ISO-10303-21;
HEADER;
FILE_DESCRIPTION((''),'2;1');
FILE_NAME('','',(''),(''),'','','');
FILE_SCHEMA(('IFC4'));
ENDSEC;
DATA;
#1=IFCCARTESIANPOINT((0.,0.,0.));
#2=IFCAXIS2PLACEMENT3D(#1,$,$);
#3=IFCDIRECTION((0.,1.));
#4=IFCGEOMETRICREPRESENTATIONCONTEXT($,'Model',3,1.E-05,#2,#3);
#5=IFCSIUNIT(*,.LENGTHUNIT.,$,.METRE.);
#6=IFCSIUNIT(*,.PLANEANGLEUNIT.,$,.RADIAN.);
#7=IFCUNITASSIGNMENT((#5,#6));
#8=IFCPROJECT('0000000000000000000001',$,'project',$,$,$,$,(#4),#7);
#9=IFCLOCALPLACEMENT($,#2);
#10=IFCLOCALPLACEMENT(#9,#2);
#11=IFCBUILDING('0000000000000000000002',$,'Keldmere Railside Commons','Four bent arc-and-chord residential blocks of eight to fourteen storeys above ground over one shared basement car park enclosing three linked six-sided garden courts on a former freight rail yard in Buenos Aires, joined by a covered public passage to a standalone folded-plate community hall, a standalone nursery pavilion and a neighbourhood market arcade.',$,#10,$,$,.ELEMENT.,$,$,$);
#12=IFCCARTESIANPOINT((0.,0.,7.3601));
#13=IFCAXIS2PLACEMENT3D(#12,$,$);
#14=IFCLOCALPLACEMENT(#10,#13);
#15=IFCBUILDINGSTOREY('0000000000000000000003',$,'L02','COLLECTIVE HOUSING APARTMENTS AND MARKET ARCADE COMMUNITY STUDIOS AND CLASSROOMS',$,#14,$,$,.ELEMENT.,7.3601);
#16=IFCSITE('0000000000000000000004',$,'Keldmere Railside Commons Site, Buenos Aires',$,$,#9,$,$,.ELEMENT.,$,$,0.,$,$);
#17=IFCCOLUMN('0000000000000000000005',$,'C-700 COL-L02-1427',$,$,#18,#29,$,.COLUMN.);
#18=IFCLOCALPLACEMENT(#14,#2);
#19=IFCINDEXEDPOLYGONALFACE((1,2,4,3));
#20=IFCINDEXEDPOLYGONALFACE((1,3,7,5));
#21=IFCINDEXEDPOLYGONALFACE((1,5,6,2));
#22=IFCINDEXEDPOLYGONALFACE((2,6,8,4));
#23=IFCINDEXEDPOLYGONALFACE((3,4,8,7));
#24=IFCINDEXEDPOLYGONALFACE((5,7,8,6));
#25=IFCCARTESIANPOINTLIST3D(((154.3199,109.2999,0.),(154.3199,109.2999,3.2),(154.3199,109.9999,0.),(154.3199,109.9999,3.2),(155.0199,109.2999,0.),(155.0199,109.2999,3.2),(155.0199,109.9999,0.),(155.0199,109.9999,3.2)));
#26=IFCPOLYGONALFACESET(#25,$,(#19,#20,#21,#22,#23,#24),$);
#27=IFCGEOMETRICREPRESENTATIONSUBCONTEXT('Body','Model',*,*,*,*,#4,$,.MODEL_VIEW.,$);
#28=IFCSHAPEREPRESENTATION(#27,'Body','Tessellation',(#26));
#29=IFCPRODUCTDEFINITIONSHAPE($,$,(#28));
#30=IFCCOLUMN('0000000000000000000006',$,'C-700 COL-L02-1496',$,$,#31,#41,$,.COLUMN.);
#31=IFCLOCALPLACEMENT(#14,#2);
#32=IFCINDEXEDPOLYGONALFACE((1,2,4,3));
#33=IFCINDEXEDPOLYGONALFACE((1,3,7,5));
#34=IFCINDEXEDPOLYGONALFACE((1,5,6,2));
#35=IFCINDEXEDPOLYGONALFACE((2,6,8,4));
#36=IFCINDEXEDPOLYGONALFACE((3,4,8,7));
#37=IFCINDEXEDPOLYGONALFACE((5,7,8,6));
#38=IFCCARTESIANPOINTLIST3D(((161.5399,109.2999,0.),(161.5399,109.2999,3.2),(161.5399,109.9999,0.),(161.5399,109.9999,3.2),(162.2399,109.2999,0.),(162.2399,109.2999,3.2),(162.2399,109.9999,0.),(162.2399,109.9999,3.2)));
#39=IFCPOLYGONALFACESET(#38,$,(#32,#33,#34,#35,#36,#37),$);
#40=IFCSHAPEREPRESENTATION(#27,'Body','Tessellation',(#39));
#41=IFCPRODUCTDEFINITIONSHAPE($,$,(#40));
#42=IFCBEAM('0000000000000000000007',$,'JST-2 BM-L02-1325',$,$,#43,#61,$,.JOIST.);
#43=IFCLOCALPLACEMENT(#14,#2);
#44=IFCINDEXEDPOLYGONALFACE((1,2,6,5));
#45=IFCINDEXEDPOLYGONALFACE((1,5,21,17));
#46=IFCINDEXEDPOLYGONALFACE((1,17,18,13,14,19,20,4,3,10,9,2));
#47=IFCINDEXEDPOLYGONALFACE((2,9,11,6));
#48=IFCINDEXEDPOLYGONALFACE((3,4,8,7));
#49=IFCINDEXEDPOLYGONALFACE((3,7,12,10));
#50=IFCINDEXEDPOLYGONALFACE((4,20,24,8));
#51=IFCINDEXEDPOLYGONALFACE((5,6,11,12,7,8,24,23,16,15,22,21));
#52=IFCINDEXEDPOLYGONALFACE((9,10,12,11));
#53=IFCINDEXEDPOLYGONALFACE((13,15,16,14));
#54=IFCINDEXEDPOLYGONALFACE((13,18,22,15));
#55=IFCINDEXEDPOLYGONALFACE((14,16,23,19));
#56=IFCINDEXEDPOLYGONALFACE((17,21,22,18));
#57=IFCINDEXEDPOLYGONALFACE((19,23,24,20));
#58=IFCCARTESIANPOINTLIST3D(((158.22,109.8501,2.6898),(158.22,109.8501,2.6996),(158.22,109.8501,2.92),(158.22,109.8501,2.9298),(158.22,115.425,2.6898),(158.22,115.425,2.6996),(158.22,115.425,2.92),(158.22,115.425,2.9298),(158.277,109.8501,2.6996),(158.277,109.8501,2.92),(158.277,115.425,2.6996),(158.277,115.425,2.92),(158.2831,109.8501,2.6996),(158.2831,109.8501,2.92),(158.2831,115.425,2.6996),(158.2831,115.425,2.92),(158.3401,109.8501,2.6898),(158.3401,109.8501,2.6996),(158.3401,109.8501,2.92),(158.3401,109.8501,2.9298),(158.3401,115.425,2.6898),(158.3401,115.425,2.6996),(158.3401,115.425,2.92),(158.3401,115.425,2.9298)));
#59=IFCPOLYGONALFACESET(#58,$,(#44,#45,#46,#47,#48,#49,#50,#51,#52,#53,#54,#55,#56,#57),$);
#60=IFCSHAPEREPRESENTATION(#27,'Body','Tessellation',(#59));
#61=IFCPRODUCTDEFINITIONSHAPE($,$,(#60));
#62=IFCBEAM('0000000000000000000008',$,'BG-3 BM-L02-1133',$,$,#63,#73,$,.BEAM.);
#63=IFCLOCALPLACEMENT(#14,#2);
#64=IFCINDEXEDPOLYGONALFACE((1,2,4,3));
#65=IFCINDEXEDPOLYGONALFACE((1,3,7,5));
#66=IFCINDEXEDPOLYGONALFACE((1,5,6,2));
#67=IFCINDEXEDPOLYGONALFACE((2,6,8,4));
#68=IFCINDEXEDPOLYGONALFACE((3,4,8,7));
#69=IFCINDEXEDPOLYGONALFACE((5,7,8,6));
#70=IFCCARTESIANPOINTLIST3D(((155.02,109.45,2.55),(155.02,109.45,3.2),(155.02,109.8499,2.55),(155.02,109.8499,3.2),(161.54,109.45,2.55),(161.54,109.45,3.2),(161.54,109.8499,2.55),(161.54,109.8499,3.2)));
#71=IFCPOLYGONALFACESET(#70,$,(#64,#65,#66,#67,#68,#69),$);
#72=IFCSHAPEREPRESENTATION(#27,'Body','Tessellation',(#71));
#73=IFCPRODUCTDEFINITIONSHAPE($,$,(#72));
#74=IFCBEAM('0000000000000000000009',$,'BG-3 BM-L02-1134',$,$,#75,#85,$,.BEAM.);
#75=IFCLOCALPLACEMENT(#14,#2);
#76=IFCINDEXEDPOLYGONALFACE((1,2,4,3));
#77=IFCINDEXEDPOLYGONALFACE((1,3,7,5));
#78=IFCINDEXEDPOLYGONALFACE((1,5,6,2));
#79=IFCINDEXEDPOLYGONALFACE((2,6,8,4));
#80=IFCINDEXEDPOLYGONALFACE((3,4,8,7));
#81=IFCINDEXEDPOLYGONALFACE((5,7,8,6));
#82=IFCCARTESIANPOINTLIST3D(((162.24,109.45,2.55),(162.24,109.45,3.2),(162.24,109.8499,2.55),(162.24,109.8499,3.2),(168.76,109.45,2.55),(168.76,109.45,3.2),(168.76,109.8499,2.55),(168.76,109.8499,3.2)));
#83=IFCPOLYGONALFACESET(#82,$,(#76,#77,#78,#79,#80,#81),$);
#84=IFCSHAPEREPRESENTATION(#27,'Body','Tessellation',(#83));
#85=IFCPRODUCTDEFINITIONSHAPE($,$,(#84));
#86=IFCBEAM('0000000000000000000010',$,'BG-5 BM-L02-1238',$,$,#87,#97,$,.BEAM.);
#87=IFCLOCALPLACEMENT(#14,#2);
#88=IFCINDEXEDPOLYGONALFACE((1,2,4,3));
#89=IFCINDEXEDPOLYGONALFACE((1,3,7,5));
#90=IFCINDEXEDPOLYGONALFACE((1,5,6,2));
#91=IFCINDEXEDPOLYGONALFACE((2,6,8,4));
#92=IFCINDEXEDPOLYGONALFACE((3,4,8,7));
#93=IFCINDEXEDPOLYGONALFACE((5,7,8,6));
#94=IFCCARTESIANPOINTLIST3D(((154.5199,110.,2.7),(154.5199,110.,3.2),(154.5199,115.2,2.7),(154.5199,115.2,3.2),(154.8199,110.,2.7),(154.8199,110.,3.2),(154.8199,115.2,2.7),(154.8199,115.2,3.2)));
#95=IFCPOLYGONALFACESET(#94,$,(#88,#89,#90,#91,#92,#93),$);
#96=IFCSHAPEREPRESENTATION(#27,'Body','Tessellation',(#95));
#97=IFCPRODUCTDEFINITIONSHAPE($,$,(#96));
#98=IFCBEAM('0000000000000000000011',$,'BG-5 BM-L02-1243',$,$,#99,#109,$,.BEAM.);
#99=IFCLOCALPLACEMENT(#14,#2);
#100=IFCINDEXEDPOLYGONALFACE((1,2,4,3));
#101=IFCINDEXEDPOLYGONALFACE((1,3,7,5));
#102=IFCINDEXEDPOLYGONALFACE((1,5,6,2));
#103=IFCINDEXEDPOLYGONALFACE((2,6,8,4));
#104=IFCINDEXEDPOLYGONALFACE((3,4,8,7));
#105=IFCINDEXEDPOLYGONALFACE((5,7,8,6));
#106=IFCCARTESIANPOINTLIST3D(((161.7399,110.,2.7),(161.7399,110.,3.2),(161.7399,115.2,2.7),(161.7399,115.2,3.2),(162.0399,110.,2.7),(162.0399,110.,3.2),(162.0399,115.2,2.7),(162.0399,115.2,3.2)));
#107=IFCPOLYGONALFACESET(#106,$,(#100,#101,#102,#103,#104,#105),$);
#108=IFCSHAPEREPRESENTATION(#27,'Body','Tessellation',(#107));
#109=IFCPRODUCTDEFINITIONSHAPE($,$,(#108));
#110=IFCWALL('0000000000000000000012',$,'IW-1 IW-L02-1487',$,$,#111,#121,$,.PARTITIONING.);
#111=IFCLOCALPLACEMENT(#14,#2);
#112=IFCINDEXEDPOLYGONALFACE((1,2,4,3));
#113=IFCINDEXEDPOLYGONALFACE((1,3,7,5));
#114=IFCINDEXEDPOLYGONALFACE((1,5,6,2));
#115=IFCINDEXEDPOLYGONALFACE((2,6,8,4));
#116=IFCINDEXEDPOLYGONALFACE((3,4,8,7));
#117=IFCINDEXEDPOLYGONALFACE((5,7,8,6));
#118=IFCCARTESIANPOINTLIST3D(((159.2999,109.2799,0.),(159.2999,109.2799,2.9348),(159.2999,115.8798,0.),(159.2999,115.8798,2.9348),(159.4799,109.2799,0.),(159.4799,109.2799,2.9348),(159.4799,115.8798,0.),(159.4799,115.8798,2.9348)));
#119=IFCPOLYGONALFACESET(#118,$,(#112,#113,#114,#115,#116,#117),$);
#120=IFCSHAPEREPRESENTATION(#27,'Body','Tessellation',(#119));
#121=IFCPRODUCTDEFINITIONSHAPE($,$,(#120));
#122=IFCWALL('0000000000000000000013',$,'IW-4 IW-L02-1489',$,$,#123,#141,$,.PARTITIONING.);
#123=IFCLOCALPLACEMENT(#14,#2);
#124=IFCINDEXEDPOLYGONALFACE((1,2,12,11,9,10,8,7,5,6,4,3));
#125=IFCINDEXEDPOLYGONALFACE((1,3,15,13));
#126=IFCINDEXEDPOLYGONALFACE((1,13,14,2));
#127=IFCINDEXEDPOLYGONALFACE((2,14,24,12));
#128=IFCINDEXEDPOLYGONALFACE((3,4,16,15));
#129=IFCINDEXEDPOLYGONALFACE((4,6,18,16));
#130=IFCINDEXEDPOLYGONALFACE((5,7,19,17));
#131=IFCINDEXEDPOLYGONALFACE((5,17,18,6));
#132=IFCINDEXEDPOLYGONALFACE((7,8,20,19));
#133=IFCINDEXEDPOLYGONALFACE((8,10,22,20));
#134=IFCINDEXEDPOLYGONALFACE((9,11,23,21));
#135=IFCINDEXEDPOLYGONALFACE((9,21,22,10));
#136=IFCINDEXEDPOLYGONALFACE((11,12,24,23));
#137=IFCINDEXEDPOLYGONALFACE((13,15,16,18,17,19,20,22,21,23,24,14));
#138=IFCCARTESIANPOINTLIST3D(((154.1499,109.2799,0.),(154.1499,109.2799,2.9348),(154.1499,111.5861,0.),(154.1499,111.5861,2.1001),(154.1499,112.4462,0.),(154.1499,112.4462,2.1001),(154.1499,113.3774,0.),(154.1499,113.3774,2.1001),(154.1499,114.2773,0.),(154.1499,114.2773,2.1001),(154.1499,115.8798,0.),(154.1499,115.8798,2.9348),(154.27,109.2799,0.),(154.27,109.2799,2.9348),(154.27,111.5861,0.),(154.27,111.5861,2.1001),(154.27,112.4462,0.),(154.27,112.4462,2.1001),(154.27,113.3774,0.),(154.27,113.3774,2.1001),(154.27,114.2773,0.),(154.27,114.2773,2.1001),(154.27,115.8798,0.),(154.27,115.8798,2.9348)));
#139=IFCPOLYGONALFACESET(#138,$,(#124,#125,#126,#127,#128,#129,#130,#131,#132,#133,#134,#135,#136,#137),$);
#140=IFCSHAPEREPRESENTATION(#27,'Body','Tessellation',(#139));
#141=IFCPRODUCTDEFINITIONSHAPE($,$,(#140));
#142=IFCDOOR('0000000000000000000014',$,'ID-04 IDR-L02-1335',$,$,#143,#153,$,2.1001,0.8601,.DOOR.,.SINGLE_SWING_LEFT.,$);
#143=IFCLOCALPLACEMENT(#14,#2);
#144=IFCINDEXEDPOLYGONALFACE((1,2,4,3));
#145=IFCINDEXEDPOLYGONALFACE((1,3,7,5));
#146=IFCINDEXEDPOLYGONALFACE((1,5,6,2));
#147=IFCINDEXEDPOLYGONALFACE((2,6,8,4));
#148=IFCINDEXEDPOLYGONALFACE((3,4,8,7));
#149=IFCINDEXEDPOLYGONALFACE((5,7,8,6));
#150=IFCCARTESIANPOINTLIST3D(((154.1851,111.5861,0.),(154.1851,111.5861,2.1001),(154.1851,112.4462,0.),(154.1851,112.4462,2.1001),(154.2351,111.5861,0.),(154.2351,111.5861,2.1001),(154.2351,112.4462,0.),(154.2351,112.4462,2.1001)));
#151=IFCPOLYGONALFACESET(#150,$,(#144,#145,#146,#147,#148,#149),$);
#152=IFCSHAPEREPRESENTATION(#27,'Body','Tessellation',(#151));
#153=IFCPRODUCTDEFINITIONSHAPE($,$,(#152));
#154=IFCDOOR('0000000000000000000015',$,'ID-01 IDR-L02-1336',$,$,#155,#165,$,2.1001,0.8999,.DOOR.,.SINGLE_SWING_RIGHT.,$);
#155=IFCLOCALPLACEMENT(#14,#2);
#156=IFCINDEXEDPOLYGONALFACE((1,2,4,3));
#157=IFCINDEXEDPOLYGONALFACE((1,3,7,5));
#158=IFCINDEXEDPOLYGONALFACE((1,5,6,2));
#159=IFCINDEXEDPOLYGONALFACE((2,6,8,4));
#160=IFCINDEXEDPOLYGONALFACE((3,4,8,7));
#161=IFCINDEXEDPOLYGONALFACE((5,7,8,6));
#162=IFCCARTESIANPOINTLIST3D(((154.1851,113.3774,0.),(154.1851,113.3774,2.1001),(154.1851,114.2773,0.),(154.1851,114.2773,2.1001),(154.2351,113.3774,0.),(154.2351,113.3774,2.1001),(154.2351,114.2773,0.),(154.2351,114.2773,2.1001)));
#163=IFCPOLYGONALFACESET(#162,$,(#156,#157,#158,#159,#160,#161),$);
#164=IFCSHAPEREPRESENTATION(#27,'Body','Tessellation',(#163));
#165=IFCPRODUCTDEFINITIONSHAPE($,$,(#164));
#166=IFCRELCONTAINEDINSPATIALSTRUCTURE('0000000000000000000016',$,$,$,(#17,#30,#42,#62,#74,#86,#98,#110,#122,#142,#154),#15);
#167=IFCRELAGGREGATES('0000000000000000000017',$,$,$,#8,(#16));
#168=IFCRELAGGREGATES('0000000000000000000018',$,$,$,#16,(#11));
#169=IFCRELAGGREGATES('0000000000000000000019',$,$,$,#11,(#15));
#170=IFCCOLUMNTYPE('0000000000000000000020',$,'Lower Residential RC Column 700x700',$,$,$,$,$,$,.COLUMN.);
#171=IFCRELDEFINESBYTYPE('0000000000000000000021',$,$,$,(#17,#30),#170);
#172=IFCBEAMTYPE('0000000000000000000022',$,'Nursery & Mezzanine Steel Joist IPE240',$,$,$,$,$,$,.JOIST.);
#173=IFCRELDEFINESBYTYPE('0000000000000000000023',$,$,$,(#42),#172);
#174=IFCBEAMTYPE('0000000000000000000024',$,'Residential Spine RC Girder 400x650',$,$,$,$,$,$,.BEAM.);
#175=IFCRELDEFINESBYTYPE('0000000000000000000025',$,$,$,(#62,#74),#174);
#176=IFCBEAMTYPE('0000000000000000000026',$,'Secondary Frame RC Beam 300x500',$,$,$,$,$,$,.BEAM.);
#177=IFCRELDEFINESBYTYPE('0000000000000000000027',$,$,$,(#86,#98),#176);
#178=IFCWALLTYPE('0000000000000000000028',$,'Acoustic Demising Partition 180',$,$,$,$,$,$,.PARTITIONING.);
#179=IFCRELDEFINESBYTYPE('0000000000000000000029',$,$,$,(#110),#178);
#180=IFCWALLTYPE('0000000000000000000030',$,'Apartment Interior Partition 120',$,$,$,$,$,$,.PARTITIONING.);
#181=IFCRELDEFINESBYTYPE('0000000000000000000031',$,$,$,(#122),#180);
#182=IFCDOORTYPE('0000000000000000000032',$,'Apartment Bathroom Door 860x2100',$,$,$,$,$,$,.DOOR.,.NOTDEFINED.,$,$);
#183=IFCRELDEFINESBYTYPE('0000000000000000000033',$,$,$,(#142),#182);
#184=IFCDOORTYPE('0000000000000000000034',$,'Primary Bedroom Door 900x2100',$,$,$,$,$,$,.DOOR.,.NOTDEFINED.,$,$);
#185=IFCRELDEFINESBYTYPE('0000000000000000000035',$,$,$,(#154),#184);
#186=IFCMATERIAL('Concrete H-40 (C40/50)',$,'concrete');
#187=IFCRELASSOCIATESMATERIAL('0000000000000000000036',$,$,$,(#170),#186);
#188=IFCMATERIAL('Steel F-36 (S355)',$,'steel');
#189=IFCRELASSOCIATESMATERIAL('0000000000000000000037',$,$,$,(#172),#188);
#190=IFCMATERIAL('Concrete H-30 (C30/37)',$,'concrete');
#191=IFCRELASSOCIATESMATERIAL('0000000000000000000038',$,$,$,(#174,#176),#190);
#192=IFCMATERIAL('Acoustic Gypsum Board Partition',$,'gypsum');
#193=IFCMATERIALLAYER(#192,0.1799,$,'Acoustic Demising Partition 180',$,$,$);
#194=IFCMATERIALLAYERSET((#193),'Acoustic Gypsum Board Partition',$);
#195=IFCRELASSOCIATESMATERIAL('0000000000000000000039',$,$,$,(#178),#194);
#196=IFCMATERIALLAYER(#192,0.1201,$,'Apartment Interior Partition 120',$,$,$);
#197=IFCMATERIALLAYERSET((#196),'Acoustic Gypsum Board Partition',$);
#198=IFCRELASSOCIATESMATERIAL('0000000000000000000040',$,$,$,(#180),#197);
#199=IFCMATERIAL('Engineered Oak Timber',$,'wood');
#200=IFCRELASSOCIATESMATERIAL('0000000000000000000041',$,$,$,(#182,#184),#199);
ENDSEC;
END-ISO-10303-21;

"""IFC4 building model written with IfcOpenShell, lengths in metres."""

from ifc_helpers import new_model, si_unit, direction, frame, frame_2d, origin, origin_2d, place, context, subcontext, project, spatial, rectangle, i_section, extrude, material, layer, layer_set, material_profile, profile_set, type_object, element, fill, save


model = new_model("IFC4")

# Units and contexts
model_context = context("Model", 3, precision=1e-05, world=origin(), true_north=direction((0.0, 1.0)))
body_context = subcontext(model_context, "Body", "Model", "MODEL_VIEW")
ifc_project = project(units=[si_unit("LENGTHUNIT", "METRE"), si_unit("PLANEANGLEUNIT", "RADIAN")], contexts=[model_context])

# Site, building, storey
site_placement = place(None, origin())
site = spatial("IfcSite", under=ifc_project, at=site_placement, Name="Keldmere Railside Commons Site, Buenos Aires", CompositionType="ELEMENT", RefElevation=0.0)
building_placement = place(site_placement, origin())
building = spatial("IfcBuilding", under=site, at=building_placement, Name="Keldmere Railside Commons", Description="Four bent arc-and-chord residential blocks of eight to fourteen storeys above ground over one shared basement car park enclosing three linked six-sided garden courts on a former freight rail yard in Buenos Aires, joined by a covered public passage to a standalone folded-plate community hall, a standalone nursery pavilion and a neighbourhood market arcade.", CompositionType="ELEMENT")
storey_placement = place(building_placement, frame((0.0, 0.0, 7.3601)))
storey = spatial("IfcBuildingStorey", under=building, at=storey_placement, Name="L02", Description="COLLECTIVE HOUSING APARTMENTS AND MARKET ARCADE COMMUNITY STUDIOS AND CLASSROOMS", CompositionType="ELEMENT", Elevation=7.3601)

# Columns
ifc_material_1 = material(Name="Concrete H-40 (C40/50)", Category="concrete")
ifc_material_profile_1 = material_profile(ifc_material_1, rectangle(XDim=0.7, YDim=0.7, at=origin_2d()), Name="RC-700x700")
ifc_profile_set_1 = profile_set([ifc_material_profile_1], Name="Concrete H-40 (C40/50)")
column_type = type_object("IfcColumnType", Name="Lower Residential RC Column 700x700", PredefinedType="COLUMN", material=ifc_profile_set_1)
for number, where, z_axis, x_axis, name in (
    (1, (154.6699, 109.6499, 0.0), (0.0, 0.0, 1.0), (1.0, 0.0, 0.0), "C-700 COL-L02-1427"),
    (2, (161.8899, 109.6499, 0.0), (0.0, 0.0, 1.0), (1.0, 0.0, 0.0), "C-700 COL-L02-1496"),
):
    element("IfcColumn", number, at=place(storey_placement, frame(where, z_axis=z_axis, x_axis=x_axis)), inside=storey, type_object=column_type, Name=name, PredefinedType="COLUMN", context=body_context, shape_type="SweptSolid", body=[
        extrude(rectangle(XDim=0.7, YDim=0.7, at=origin_2d()), origin(), (0.0, 0.0, 1.0), 3.2),
    ])

# Beams
ifc_material_2 = material(Name="Steel F-36 (S355)", Category="steel")
ifc_material_profile_2 = material_profile(ifc_material_2, i_section(OverallWidth=0.1201, OverallDepth=0.24, WebThickness=0.0061, FlangeThickness=0.0098, at=origin_2d()), Name="IPE-240")
ifc_profile_set_2 = profile_set([ifc_material_profile_2], Name="Steel F-36 (S355)")
beam_type_1 = type_object("IfcBeamType", Name="Nursery & Mezzanine Steel Joist IPE240", PredefinedType="JOIST", material=ifc_profile_set_2)
beam_placement = place(storey_placement, frame((158.28, 109.8501, 2.8098), z_axis=(0.0, 1.0, 0.0), x_axis=(-1.0, 0.0, 0.0)))
element("IfcBeam", 3, at=beam_placement, inside=storey, type_object=beam_type_1, Name="JST-2 BM-L02-1325", PredefinedType="JOIST", context=body_context, shape_type="SweptSolid", body=[
    extrude(i_section(OverallWidth=0.1201, OverallDepth=0.24, WebThickness=0.0061, FlangeThickness=0.0098, at=origin_2d()), origin(), (0.0, 0.0, 1.0), 5.575),
])
ifc_material_3 = material(Name="Concrete H-30 (C30/37)", Category="concrete")
ifc_material_profile_3 = material_profile(ifc_material_3, rectangle(XDim=0.3999, YDim=0.6499, at=origin_2d()), Name="RC-400x650")
ifc_profile_set_3 = profile_set([ifc_material_profile_3], Name="Concrete H-30 (C30/37)")
beam_type_2 = type_object("IfcBeamType", Name="Residential Spine RC Girder 400x650", PredefinedType="BEAM", material=ifc_profile_set_3)
for number, where, z_axis, x_axis, name in (
    (4, (155.02, 109.6499, 2.875), (1.0, 0.0, 0.0), (0.0, 1.0, 0.0), "BG-3 BM-L02-1133"),
    (5, (162.24, 109.6499, 2.875), (1.0, 0.0, 0.0), (0.0, 1.0, 0.0), "BG-3 BM-L02-1134"),
):
    element("IfcBeam", number, at=place(storey_placement, frame(where, z_axis=z_axis, x_axis=x_axis)), inside=storey, type_object=beam_type_2, Name=name, PredefinedType="BEAM", context=body_context, shape_type="SweptSolid", body=[
        extrude(rectangle(XDim=0.3999, YDim=0.6499, at=origin_2d()), origin(), (0.0, 0.0, 1.0), 6.52),
    ])
ifc_material_profile_4 = material_profile(ifc_material_3, rectangle(XDim=0.3, YDim=0.5, at=origin_2d()), Name="RC-300x500")
ifc_profile_set_4 = profile_set([ifc_material_profile_4], Name="Concrete H-30 (C30/37)")
beam_type_3 = type_object("IfcBeamType", Name="Secondary Frame RC Beam 300x500", PredefinedType="BEAM", material=ifc_profile_set_4)
for number, where, z_axis, x_axis, name in (
    (6, (154.6699, 110.0, 2.95), (0.0, 1.0, 0.0), (-1.0, 0.0, 0.0), "BG-5 BM-L02-1238"),
    (7, (161.8899, 110.0, 2.95), (0.0, 1.0, 0.0), (-1.0, 0.0, 0.0), "BG-5 BM-L02-1243"),
):
    element("IfcBeam", number, at=place(storey_placement, frame(where, z_axis=z_axis, x_axis=x_axis)), inside=storey, type_object=beam_type_3, Name=name, PredefinedType="BEAM", context=body_context, shape_type="SweptSolid", body=[
        extrude(rectangle(XDim=0.3, YDim=0.5, at=origin_2d()), origin(), (0.0, 0.0, 1.0), 5.2),
    ])

# Wall
ifc_material_4 = material(Name="Acoustic Gypsum Board Partition", Category="gypsum")
ifc_layer_1 = layer(ifc_material_4, 0.1799, Name="Acoustic Demising Partition 180")
ifc_layer_set_1 = layer_set([ifc_layer_1], Name="Acoustic Gypsum Board Partition")
wall_type_1 = type_object("IfcWallType", Name="Acoustic Demising Partition 180", PredefinedType="PARTITIONING", material=ifc_layer_set_1)
wall_1_placement = place(storey_placement, frame((159.3899, 109.28, 0.0), z_axis=(0.0, 0.0, 1.0), x_axis=(0.0, 1.0, 0.0)))
element("IfcWall", 8, at=wall_1_placement, inside=storey, type_object=wall_type_1, Name="IW-1 IW-L02-1487", PredefinedType="PARTITIONING", context=body_context, shape_type="SweptSolid", body=[
    extrude(rectangle(XDim=6.5999, YDim=0.1799, at=frame_2d((3.2998, 0.0))), origin(), (0.0, 0.0, 1.0), 2.9348),
])

# Wall, openings, doors
ifc_layer_2 = layer(ifc_material_4, 0.1201, Name="Apartment Interior Partition 120")
ifc_layer_set_2 = layer_set([ifc_layer_2], Name="Acoustic Gypsum Board Partition")
wall_type_2 = type_object("IfcWallType", Name="Apartment Interior Partition 120", PredefinedType="PARTITIONING", material=ifc_layer_set_2)
wall_2_placement = place(storey_placement, frame((154.21, 109.28, 0.0), z_axis=(0.0, 0.0, 1.0), x_axis=(0.0, 1.0, 0.0)))
wall_2 = element("IfcWall", 9, at=wall_2_placement, inside=storey, type_object=wall_type_2, Name="IW-4 IW-L02-1489", PredefinedType="PARTITIONING", context=body_context, shape_type="SweptSolid", body=[
    extrude(rectangle(XDim=6.5999, YDim=0.1201, at=frame_2d((3.2998, 0.0))), origin(), (0.0, 0.0, 1.0), 2.9348),
])
opening_1_placement = place(wall_2_placement, frame((2.3059, 0.0, 0.0)))
opening_1 = element("IfcOpeningElement", 10, at=opening_1_placement, cuts=wall_2, PredefinedType="OPENING", context=body_context, shape_type="SweptSolid", body=[
    extrude(rectangle(XDim=0.8601, YDim=2.1001, at=frame_2d((0.4302, 1.05))), frame((0.0, 0.0701, 0.0), z_axis=(0.0, -1.0, 0.0), x_axis=(1.0, 0.0, 0.0)), (0.0, 0.0, 1.0), 0.1401),
])
opening_2_placement = place(wall_2_placement, frame((4.0974, 0.0, 0.0)))
opening_2 = element("IfcOpeningElement", 11, at=opening_2_placement, cuts=wall_2, PredefinedType="OPENING", context=body_context, shape_type="SweptSolid", body=[
    extrude(rectangle(XDim=0.8999, YDim=2.1001, at=frame_2d((0.45, 1.05))), frame((0.0, 0.0701, 0.0), z_axis=(0.0, -1.0, 0.0), x_axis=(1.0, 0.0, 0.0)), (0.0, 0.0, 1.0), 0.1401),
])
ifc_material_5 = material(Name="Engineered Oak Timber", Category="wood")
door_type_1 = type_object("IfcDoorType", Name="Apartment Bathroom Door 860x2100", OperationType="NOTDEFINED", PredefinedType="DOOR", material=ifc_material_5)
door_1_placement = place(opening_1_placement, origin())
door_1 = element("IfcDoor", 12, at=door_1_placement, inside=storey, type_object=door_type_1, Name="ID-04 IDR-L02-1335", OperationType="SINGLE_SWING_LEFT", OverallHeight=2.1001, OverallWidth=0.8601, PredefinedType="DOOR", context=body_context, shape_type="SweptSolid", body=[
    extrude(rectangle(XDim=0.8601, YDim=2.1001, at=frame_2d((0.4302, 1.05))), frame((0.0, 0.0249, 0.0), z_axis=(0.0, -1.0, 0.0), x_axis=(1.0, 0.0, 0.0)), (0.0, 0.0, 1.0), 0.05),
])
fill(opening_1, door_1)
door_type_2 = type_object("IfcDoorType", Name="Primary Bedroom Door 900x2100", OperationType="NOTDEFINED", PredefinedType="DOOR", material=ifc_material_5)
door_2_placement = place(opening_2_placement, origin())
door_2 = element("IfcDoor", 13, at=door_2_placement, inside=storey, type_object=door_type_2, Name="ID-01 IDR-L02-1336", OperationType="SINGLE_SWING_RIGHT", OverallHeight=2.1001, OverallWidth=0.8999, PredefinedType="DOOR", context=body_context, shape_type="SweptSolid", body=[
    extrude(rectangle(XDim=0.8999, YDim=2.1001, at=frame_2d((0.45, 1.05))), frame((0.0, 0.0249, 0.0), z_axis=(0.0, -1.0, 0.0), x_axis=(1.0, 0.0, 0.0)), (0.0, 0.0, 1.0), 0.05),
])
fill(opening_2, door_2)

save(model, "model.ifc")
